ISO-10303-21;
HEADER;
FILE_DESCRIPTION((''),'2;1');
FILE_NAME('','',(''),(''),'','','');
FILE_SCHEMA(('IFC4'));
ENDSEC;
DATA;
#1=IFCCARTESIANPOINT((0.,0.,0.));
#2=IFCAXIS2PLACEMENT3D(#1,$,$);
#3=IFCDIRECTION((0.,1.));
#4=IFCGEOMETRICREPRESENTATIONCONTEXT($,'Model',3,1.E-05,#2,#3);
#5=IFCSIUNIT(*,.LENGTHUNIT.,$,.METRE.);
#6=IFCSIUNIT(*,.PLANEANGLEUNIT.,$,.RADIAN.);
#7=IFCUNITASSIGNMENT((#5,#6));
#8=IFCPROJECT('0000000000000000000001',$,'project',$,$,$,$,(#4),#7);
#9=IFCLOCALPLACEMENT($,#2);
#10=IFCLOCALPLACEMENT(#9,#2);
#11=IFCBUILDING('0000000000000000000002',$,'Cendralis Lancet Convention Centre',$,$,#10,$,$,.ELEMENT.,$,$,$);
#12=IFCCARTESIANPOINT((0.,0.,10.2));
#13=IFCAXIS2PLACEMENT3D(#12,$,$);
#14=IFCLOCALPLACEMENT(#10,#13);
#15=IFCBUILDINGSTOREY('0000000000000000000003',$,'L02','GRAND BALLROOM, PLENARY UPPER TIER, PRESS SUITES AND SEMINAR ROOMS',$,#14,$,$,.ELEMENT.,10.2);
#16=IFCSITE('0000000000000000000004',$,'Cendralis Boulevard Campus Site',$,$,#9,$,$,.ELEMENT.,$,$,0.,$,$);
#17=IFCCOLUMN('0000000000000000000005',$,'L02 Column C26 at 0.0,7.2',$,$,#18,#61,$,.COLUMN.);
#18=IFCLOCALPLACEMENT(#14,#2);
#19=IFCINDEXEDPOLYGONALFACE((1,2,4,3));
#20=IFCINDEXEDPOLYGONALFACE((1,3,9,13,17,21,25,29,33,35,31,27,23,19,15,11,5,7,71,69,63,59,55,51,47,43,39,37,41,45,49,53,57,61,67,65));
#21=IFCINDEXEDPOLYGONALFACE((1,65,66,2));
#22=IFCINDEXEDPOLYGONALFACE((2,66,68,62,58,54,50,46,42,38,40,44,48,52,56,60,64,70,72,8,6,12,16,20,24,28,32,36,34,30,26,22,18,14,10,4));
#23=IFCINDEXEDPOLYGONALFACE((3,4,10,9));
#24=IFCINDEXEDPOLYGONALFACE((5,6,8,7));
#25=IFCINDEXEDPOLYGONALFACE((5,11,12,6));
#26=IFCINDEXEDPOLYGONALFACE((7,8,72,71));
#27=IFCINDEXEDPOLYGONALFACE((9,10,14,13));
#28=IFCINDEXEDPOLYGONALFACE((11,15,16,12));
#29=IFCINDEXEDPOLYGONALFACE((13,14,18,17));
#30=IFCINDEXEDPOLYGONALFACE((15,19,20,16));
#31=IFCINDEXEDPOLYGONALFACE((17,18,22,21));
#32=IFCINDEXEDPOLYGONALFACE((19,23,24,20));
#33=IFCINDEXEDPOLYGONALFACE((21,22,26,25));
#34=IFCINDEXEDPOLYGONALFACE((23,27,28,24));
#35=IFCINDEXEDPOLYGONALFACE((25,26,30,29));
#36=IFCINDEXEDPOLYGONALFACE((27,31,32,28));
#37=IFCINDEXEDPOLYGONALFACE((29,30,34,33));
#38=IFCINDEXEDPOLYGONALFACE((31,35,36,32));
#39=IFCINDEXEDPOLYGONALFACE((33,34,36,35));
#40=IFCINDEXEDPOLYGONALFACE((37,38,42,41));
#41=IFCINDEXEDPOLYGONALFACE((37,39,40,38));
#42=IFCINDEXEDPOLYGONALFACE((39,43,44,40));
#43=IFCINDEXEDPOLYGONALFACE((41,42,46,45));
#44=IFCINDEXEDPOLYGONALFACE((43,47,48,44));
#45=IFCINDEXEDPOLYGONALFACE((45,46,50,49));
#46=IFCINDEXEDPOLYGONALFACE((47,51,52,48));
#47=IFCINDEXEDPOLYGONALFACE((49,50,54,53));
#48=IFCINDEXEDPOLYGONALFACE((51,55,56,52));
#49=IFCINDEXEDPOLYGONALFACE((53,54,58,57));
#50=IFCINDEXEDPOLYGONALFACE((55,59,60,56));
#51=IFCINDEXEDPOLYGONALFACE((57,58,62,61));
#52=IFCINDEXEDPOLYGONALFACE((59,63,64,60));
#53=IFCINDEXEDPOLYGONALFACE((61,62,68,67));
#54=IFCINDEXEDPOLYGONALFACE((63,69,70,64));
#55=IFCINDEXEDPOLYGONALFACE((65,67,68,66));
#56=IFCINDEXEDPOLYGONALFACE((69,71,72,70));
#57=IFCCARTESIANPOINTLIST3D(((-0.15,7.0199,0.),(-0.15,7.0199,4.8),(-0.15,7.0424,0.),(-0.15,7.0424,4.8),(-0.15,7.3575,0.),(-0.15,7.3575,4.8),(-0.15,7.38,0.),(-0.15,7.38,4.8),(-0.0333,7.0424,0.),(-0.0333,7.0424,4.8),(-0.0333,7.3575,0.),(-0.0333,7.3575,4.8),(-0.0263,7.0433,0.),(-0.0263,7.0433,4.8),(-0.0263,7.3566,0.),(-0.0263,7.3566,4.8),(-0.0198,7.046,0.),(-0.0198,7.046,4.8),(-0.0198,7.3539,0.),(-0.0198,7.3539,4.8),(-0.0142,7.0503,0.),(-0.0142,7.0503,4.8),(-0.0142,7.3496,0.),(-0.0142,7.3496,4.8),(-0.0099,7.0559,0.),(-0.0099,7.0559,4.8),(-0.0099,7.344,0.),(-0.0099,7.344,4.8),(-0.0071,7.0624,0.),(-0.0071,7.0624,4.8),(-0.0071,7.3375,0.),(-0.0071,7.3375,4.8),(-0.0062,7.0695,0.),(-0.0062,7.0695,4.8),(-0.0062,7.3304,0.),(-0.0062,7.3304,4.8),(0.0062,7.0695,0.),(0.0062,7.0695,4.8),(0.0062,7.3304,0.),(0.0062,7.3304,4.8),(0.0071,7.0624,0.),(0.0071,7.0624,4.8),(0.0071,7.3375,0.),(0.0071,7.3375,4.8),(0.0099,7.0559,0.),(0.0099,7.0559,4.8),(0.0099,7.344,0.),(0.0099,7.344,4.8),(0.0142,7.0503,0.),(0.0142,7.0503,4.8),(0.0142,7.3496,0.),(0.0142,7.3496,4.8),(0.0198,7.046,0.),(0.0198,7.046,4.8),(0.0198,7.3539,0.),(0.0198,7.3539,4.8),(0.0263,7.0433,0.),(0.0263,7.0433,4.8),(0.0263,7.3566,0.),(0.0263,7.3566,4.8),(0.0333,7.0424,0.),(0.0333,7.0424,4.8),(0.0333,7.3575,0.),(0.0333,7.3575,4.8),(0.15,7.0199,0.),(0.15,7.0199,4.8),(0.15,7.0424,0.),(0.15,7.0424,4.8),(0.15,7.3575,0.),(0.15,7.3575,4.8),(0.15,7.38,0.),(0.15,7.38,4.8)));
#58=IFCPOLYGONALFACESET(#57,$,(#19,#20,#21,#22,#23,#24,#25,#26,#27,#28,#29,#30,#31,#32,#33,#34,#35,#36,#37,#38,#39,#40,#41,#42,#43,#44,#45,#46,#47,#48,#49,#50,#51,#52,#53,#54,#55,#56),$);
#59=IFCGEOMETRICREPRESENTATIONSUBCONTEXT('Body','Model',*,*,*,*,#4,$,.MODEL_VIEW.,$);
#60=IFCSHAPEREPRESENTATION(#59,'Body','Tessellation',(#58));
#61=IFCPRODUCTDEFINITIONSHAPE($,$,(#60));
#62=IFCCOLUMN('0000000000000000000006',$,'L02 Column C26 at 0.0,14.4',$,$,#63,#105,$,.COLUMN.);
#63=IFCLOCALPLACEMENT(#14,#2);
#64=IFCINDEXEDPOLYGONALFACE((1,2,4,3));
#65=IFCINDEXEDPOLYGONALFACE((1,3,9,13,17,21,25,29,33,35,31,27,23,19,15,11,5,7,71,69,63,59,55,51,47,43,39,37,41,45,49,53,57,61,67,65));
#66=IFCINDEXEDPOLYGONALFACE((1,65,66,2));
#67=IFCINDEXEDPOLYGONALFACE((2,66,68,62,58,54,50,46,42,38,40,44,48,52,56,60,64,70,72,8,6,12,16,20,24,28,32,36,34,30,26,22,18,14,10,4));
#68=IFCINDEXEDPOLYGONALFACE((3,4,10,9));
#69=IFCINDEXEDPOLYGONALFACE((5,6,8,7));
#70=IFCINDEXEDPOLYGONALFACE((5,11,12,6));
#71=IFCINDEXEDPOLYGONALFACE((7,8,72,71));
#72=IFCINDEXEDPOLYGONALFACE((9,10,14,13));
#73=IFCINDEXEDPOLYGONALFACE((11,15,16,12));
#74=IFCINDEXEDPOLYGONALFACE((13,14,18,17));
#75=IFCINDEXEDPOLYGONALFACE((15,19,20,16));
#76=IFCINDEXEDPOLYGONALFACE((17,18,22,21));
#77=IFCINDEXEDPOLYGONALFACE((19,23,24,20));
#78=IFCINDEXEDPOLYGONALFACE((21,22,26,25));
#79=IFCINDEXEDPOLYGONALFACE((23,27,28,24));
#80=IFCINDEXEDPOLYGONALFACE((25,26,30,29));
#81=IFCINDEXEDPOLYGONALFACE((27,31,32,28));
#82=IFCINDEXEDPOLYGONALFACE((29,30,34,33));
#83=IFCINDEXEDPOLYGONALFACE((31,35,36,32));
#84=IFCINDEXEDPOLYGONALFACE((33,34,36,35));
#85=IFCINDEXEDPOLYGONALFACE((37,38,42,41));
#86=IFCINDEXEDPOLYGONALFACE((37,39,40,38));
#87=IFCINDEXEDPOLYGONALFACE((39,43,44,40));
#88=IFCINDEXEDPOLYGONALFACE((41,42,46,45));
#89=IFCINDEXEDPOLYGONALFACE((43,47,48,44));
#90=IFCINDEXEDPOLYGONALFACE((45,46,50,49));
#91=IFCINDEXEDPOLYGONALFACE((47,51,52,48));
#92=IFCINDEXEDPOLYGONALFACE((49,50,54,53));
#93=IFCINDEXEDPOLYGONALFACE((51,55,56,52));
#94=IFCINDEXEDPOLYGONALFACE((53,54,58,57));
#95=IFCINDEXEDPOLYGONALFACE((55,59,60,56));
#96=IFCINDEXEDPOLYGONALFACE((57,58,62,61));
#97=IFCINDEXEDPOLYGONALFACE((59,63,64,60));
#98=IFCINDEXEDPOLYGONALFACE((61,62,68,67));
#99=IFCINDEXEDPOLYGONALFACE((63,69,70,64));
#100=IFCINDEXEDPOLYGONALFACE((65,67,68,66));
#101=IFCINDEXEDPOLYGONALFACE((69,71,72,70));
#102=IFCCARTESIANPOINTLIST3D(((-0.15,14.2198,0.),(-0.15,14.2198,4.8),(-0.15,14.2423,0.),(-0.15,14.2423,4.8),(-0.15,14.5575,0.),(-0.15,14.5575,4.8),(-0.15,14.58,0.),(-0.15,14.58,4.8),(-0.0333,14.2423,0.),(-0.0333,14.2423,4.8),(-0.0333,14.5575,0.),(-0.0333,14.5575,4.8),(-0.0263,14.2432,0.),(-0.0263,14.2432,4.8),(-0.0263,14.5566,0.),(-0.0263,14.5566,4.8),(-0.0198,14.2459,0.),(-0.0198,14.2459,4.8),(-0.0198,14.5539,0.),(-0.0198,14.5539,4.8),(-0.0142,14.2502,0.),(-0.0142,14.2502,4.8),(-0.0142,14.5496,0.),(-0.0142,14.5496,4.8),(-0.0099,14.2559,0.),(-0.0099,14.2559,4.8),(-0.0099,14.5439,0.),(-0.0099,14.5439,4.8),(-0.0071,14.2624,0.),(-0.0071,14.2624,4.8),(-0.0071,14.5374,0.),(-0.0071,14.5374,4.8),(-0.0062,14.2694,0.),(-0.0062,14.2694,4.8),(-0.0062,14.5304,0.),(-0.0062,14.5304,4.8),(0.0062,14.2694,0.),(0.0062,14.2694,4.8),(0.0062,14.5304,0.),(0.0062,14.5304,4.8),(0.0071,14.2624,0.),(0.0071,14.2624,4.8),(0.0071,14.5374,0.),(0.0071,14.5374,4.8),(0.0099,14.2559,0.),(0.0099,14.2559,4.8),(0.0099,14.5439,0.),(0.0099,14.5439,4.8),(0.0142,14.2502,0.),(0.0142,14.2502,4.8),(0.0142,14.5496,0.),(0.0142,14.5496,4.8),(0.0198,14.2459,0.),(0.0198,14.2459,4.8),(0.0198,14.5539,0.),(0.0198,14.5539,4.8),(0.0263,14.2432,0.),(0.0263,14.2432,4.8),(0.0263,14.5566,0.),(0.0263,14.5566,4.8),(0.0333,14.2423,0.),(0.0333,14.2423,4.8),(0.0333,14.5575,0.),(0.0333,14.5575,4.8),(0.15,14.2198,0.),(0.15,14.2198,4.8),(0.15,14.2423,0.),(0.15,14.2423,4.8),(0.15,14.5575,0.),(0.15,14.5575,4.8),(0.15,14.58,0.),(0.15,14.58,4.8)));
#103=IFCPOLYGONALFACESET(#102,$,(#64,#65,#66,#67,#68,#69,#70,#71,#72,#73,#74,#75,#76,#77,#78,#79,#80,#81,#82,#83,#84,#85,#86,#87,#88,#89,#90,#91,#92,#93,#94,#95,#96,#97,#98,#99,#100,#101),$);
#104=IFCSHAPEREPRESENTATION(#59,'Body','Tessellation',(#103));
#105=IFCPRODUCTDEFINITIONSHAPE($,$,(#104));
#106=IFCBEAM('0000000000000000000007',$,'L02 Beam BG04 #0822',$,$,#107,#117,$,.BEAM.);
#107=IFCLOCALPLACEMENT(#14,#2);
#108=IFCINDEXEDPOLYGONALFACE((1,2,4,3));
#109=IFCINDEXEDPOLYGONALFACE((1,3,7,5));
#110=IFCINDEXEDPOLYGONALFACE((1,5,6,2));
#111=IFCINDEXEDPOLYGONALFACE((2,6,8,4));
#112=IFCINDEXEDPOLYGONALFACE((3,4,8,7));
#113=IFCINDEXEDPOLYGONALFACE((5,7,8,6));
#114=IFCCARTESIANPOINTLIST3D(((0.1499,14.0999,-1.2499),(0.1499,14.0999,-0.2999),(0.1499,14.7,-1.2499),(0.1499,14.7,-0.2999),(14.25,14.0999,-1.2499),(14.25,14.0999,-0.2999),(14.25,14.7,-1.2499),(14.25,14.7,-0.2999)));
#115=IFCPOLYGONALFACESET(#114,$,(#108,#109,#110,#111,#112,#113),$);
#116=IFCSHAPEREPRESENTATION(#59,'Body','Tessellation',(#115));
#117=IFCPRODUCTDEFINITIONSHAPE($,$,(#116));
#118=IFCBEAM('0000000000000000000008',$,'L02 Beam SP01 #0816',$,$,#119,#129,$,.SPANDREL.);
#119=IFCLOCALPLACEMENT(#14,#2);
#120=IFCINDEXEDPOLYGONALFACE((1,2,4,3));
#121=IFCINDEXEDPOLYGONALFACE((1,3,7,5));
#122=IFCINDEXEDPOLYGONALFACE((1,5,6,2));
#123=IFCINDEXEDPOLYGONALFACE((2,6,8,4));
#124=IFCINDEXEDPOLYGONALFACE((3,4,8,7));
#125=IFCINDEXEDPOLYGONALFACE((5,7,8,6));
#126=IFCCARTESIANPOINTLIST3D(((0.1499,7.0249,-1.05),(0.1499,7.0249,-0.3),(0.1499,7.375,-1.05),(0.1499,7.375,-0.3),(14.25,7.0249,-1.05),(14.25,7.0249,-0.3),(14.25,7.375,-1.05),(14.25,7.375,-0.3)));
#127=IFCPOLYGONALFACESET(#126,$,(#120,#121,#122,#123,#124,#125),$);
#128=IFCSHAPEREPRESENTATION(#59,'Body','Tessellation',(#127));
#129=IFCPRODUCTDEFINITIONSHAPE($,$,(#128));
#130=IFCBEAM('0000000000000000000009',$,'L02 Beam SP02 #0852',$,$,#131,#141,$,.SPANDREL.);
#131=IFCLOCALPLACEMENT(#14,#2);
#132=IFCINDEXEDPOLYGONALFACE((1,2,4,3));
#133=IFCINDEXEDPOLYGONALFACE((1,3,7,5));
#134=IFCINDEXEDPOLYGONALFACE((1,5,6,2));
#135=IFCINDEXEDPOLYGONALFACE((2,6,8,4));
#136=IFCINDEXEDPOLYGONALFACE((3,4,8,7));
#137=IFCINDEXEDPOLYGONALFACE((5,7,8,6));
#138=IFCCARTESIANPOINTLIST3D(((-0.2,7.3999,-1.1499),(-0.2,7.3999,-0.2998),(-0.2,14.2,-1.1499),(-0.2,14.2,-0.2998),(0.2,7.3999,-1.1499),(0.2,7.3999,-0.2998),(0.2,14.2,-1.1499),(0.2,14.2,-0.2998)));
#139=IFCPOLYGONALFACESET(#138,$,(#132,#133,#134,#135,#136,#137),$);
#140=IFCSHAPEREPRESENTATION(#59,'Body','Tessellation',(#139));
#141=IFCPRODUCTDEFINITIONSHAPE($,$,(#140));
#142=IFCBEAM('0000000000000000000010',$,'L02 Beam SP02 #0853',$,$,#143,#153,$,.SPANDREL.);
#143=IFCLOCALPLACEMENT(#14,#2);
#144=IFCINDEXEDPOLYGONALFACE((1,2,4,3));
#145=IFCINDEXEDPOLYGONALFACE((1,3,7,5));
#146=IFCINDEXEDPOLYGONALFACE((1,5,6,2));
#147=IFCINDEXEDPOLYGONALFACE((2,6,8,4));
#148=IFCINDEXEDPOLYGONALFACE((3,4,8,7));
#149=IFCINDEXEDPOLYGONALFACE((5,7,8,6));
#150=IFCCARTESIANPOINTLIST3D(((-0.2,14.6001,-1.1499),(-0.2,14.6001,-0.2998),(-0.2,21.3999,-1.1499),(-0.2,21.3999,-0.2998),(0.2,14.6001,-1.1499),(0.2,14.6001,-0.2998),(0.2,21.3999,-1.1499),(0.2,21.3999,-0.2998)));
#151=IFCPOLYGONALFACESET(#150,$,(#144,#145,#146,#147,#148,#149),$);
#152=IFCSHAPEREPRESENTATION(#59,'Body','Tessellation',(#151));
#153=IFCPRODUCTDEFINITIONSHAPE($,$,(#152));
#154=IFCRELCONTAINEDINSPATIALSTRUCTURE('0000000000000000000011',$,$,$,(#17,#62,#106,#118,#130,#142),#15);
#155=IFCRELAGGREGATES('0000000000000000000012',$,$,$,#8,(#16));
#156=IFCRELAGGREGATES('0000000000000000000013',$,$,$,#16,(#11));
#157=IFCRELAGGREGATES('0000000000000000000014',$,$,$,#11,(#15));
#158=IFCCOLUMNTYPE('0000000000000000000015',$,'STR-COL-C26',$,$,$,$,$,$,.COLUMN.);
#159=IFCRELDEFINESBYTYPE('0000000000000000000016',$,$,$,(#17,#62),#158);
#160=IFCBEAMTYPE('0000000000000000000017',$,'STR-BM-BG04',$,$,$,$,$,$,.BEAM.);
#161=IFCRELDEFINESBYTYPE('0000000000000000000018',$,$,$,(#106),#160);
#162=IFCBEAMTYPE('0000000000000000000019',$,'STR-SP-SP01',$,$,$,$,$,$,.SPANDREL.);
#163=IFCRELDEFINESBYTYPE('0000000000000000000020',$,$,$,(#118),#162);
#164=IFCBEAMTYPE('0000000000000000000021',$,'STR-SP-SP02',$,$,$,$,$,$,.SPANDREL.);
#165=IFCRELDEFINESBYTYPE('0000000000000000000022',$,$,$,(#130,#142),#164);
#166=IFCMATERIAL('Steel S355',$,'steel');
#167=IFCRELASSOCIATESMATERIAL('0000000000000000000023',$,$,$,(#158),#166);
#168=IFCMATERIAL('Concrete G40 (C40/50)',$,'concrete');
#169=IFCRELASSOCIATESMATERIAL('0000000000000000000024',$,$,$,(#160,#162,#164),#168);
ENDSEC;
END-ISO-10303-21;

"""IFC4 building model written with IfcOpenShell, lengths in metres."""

from ifc_helpers import new_model, si_unit, direction, frame, origin, origin_2d, place, context, subcontext, project, spatial, rectangle, i_section, extrude, material, material_profile, profile_set, type_object, element, save


model = new_model("IFC4")

# Units and contexts
model_context = context("Model", 3, precision=1e-05, world=origin(), true_north=direction((0.0, 1.0)))
body_context = subcontext(model_context, "Body", "Model", "MODEL_VIEW")
ifc_project = project(units=[si_unit("LENGTHUNIT", "METRE"), si_unit("PLANEANGLEUNIT", "RADIAN")], contexts=[model_context])

# Site, building, storey
site_placement = place(None, origin())
site = spatial("IfcSite", under=ifc_project, at=site_placement, Name="Cendralis Boulevard Campus Site", CompositionType="ELEMENT", RefElevation=0.0)
building_placement = place(site_placement, origin())
building = spatial("IfcBuilding", under=site, at=building_placement, Name="Cendralis Lancet Convention Centre", CompositionType="ELEMENT")
storey_placement = place(building_placement, frame((0.0, 0.0, 10.2)))
storey = spatial("IfcBuildingStorey", under=building, at=storey_placement, Name="L02", Description="GRAND BALLROOM, PLENARY UPPER TIER, PRESS SUITES AND SEMINAR ROOMS", CompositionType="ELEMENT", Elevation=10.2)

# Columns
ifc_material_1 = material(Name="Steel S355", Category="steel")
ifc_material_profile_1 = material_profile(ifc_material_1, i_section(OverallWidth=0.3, OverallDepth=0.3601, WebThickness=0.0125, FlangeThickness=0.0225, FilletRadius=0.0271, at=origin_2d()), Name="HEB 360")
ifc_profile_set_1 = profile_set([ifc_material_profile_1], Name="Steel S355")
column_type = type_object("IfcColumnType", Name="STR-COL-C26", PredefinedType="COLUMN", material=ifc_profile_set_1)
for number, where, z_axis, x_axis, name in (
    (1, (0.0, 7.2, 0.0), (0.0, 0.0, 1.0), (1.0, 0.0, 0.0), "L02 Column C26 at 0.0,7.2"),
    (2, (0.0, 14.3999, 0.0), (0.0, 0.0, 1.0), (1.0, 0.0, 0.0), "L02 Column C26 at 0.0,14.4"),
):
    element("IfcColumn", number, at=place(storey_placement, frame(where, z_axis=z_axis, x_axis=x_axis)), inside=storey, type_object=column_type, Name=name, PredefinedType="COLUMN", context=body_context, shape_type="SweptSolid", body=[
        extrude(i_section(OverallWidth=0.3, OverallDepth=0.3601, WebThickness=0.0125, FlangeThickness=0.0225, FilletRadius=0.0271, at=origin_2d()), origin(), (0.0, 0.0, 1.0), 4.8),
    ])

# Beams
ifc_material_2 = material(Name="Concrete G40 (C40/50)", Category="concrete")
ifc_material_profile_2 = material_profile(ifc_material_2, rectangle(XDim=0.6001, YDim=0.95, at=origin_2d()), Name="RCB 600x950")
ifc_profile_set_2 = profile_set([ifc_material_profile_2], Name="Concrete G40 (C40/50)")
beam_type_1 = type_object("IfcBeamType", Name="STR-BM-BG04", PredefinedType="BEAM", material=ifc_profile_set_2)
beam_1_placement = place(storey_placement, frame((0.1499, 14.3999, -0.7749), z_axis=(1.0, 0.0, 0.0), x_axis=(0.0, 1.0, 0.0)))
element("IfcBeam", 3, at=beam_1_placement, inside=storey, type_object=beam_type_1, Name="L02 Beam BG04 #0822", PredefinedType="BEAM", context=body_context, shape_type="SweptSolid", body=[
    extrude(rectangle(XDim=0.6001, YDim=0.95, at=origin_2d()), origin(), (0.0, 0.0, 1.0), 14.1001),
])
ifc_material_profile_3 = material_profile(ifc_material_2, rectangle(XDim=0.3501, YDim=0.75, at=origin_2d()), Name="RCB 350x750")
ifc_profile_set_3 = profile_set([ifc_material_profile_3], Name="Concrete G40 (C40/50)")
beam_type_2 = type_object("IfcBeamType", Name="STR-SP-SP01", PredefinedType="SPANDREL", material=ifc_profile_set_3)
beam_2_placement = place(storey_placement, frame((0.1499, 7.2, -0.675), z_axis=(1.0, 0.0, 0.0), x_axis=(0.0, 1.0, 0.0)))
element("IfcBeam", 4, at=beam_2_placement, inside=storey, type_object=beam_type_2, Name="L02 Beam SP01 #0816", PredefinedType="SPANDREL", context=body_context, shape_type="SweptSolid", body=[
    extrude(rectangle(XDim=0.3501, YDim=0.75, at=origin_2d()), origin(), (0.0, 0.0, 1.0), 14.1001),
])
ifc_material_profile_4 = material_profile(ifc_material_2, rectangle(XDim=0.3999, YDim=0.8501, at=origin_2d()), Name="RCB 400x850")
ifc_profile_set_4 = profile_set([ifc_material_profile_4], Name="Concrete G40 (C40/50)")
beam_type_3 = type_object("IfcBeamType", Name="STR-SP-SP02", PredefinedType="SPANDREL", material=ifc_profile_set_4)
beam_3_placement = place(storey_placement, frame((0.0, 7.3999, -0.7249), z_axis=(0.0, 1.0, 0.0), x_axis=(-1.0, 0.0, 0.0)))
element("IfcBeam", 5, at=beam_3_placement, inside=storey, type_object=beam_type_3, Name="L02 Beam SP02 #0852", PredefinedType="SPANDREL", context=body_context, shape_type="SweptSolid", body=[
    extrude(rectangle(XDim=0.3999, YDim=0.8501, at=origin_2d()), origin(), (0.0, 0.0, 1.0), 6.8),
])
beam_4_placement = place(storey_placement, frame((0.0, 14.6001, -0.7249), z_axis=(0.0, 1.0, 0.0), x_axis=(-1.0, 0.0, 0.0)))
element("IfcBeam", 6, at=beam_4_placement, inside=storey, type_object=beam_type_3, Name="L02 Beam SP02 #0853", PredefinedType="SPANDREL", context=body_context, shape_type="SweptSolid", body=[
    extrude(rectangle(XDim=0.3999, YDim=0.8501, at=origin_2d()), origin(), (0.0, 0.0, 1.0), 6.7998),
])

save(model, "model.ifc")
